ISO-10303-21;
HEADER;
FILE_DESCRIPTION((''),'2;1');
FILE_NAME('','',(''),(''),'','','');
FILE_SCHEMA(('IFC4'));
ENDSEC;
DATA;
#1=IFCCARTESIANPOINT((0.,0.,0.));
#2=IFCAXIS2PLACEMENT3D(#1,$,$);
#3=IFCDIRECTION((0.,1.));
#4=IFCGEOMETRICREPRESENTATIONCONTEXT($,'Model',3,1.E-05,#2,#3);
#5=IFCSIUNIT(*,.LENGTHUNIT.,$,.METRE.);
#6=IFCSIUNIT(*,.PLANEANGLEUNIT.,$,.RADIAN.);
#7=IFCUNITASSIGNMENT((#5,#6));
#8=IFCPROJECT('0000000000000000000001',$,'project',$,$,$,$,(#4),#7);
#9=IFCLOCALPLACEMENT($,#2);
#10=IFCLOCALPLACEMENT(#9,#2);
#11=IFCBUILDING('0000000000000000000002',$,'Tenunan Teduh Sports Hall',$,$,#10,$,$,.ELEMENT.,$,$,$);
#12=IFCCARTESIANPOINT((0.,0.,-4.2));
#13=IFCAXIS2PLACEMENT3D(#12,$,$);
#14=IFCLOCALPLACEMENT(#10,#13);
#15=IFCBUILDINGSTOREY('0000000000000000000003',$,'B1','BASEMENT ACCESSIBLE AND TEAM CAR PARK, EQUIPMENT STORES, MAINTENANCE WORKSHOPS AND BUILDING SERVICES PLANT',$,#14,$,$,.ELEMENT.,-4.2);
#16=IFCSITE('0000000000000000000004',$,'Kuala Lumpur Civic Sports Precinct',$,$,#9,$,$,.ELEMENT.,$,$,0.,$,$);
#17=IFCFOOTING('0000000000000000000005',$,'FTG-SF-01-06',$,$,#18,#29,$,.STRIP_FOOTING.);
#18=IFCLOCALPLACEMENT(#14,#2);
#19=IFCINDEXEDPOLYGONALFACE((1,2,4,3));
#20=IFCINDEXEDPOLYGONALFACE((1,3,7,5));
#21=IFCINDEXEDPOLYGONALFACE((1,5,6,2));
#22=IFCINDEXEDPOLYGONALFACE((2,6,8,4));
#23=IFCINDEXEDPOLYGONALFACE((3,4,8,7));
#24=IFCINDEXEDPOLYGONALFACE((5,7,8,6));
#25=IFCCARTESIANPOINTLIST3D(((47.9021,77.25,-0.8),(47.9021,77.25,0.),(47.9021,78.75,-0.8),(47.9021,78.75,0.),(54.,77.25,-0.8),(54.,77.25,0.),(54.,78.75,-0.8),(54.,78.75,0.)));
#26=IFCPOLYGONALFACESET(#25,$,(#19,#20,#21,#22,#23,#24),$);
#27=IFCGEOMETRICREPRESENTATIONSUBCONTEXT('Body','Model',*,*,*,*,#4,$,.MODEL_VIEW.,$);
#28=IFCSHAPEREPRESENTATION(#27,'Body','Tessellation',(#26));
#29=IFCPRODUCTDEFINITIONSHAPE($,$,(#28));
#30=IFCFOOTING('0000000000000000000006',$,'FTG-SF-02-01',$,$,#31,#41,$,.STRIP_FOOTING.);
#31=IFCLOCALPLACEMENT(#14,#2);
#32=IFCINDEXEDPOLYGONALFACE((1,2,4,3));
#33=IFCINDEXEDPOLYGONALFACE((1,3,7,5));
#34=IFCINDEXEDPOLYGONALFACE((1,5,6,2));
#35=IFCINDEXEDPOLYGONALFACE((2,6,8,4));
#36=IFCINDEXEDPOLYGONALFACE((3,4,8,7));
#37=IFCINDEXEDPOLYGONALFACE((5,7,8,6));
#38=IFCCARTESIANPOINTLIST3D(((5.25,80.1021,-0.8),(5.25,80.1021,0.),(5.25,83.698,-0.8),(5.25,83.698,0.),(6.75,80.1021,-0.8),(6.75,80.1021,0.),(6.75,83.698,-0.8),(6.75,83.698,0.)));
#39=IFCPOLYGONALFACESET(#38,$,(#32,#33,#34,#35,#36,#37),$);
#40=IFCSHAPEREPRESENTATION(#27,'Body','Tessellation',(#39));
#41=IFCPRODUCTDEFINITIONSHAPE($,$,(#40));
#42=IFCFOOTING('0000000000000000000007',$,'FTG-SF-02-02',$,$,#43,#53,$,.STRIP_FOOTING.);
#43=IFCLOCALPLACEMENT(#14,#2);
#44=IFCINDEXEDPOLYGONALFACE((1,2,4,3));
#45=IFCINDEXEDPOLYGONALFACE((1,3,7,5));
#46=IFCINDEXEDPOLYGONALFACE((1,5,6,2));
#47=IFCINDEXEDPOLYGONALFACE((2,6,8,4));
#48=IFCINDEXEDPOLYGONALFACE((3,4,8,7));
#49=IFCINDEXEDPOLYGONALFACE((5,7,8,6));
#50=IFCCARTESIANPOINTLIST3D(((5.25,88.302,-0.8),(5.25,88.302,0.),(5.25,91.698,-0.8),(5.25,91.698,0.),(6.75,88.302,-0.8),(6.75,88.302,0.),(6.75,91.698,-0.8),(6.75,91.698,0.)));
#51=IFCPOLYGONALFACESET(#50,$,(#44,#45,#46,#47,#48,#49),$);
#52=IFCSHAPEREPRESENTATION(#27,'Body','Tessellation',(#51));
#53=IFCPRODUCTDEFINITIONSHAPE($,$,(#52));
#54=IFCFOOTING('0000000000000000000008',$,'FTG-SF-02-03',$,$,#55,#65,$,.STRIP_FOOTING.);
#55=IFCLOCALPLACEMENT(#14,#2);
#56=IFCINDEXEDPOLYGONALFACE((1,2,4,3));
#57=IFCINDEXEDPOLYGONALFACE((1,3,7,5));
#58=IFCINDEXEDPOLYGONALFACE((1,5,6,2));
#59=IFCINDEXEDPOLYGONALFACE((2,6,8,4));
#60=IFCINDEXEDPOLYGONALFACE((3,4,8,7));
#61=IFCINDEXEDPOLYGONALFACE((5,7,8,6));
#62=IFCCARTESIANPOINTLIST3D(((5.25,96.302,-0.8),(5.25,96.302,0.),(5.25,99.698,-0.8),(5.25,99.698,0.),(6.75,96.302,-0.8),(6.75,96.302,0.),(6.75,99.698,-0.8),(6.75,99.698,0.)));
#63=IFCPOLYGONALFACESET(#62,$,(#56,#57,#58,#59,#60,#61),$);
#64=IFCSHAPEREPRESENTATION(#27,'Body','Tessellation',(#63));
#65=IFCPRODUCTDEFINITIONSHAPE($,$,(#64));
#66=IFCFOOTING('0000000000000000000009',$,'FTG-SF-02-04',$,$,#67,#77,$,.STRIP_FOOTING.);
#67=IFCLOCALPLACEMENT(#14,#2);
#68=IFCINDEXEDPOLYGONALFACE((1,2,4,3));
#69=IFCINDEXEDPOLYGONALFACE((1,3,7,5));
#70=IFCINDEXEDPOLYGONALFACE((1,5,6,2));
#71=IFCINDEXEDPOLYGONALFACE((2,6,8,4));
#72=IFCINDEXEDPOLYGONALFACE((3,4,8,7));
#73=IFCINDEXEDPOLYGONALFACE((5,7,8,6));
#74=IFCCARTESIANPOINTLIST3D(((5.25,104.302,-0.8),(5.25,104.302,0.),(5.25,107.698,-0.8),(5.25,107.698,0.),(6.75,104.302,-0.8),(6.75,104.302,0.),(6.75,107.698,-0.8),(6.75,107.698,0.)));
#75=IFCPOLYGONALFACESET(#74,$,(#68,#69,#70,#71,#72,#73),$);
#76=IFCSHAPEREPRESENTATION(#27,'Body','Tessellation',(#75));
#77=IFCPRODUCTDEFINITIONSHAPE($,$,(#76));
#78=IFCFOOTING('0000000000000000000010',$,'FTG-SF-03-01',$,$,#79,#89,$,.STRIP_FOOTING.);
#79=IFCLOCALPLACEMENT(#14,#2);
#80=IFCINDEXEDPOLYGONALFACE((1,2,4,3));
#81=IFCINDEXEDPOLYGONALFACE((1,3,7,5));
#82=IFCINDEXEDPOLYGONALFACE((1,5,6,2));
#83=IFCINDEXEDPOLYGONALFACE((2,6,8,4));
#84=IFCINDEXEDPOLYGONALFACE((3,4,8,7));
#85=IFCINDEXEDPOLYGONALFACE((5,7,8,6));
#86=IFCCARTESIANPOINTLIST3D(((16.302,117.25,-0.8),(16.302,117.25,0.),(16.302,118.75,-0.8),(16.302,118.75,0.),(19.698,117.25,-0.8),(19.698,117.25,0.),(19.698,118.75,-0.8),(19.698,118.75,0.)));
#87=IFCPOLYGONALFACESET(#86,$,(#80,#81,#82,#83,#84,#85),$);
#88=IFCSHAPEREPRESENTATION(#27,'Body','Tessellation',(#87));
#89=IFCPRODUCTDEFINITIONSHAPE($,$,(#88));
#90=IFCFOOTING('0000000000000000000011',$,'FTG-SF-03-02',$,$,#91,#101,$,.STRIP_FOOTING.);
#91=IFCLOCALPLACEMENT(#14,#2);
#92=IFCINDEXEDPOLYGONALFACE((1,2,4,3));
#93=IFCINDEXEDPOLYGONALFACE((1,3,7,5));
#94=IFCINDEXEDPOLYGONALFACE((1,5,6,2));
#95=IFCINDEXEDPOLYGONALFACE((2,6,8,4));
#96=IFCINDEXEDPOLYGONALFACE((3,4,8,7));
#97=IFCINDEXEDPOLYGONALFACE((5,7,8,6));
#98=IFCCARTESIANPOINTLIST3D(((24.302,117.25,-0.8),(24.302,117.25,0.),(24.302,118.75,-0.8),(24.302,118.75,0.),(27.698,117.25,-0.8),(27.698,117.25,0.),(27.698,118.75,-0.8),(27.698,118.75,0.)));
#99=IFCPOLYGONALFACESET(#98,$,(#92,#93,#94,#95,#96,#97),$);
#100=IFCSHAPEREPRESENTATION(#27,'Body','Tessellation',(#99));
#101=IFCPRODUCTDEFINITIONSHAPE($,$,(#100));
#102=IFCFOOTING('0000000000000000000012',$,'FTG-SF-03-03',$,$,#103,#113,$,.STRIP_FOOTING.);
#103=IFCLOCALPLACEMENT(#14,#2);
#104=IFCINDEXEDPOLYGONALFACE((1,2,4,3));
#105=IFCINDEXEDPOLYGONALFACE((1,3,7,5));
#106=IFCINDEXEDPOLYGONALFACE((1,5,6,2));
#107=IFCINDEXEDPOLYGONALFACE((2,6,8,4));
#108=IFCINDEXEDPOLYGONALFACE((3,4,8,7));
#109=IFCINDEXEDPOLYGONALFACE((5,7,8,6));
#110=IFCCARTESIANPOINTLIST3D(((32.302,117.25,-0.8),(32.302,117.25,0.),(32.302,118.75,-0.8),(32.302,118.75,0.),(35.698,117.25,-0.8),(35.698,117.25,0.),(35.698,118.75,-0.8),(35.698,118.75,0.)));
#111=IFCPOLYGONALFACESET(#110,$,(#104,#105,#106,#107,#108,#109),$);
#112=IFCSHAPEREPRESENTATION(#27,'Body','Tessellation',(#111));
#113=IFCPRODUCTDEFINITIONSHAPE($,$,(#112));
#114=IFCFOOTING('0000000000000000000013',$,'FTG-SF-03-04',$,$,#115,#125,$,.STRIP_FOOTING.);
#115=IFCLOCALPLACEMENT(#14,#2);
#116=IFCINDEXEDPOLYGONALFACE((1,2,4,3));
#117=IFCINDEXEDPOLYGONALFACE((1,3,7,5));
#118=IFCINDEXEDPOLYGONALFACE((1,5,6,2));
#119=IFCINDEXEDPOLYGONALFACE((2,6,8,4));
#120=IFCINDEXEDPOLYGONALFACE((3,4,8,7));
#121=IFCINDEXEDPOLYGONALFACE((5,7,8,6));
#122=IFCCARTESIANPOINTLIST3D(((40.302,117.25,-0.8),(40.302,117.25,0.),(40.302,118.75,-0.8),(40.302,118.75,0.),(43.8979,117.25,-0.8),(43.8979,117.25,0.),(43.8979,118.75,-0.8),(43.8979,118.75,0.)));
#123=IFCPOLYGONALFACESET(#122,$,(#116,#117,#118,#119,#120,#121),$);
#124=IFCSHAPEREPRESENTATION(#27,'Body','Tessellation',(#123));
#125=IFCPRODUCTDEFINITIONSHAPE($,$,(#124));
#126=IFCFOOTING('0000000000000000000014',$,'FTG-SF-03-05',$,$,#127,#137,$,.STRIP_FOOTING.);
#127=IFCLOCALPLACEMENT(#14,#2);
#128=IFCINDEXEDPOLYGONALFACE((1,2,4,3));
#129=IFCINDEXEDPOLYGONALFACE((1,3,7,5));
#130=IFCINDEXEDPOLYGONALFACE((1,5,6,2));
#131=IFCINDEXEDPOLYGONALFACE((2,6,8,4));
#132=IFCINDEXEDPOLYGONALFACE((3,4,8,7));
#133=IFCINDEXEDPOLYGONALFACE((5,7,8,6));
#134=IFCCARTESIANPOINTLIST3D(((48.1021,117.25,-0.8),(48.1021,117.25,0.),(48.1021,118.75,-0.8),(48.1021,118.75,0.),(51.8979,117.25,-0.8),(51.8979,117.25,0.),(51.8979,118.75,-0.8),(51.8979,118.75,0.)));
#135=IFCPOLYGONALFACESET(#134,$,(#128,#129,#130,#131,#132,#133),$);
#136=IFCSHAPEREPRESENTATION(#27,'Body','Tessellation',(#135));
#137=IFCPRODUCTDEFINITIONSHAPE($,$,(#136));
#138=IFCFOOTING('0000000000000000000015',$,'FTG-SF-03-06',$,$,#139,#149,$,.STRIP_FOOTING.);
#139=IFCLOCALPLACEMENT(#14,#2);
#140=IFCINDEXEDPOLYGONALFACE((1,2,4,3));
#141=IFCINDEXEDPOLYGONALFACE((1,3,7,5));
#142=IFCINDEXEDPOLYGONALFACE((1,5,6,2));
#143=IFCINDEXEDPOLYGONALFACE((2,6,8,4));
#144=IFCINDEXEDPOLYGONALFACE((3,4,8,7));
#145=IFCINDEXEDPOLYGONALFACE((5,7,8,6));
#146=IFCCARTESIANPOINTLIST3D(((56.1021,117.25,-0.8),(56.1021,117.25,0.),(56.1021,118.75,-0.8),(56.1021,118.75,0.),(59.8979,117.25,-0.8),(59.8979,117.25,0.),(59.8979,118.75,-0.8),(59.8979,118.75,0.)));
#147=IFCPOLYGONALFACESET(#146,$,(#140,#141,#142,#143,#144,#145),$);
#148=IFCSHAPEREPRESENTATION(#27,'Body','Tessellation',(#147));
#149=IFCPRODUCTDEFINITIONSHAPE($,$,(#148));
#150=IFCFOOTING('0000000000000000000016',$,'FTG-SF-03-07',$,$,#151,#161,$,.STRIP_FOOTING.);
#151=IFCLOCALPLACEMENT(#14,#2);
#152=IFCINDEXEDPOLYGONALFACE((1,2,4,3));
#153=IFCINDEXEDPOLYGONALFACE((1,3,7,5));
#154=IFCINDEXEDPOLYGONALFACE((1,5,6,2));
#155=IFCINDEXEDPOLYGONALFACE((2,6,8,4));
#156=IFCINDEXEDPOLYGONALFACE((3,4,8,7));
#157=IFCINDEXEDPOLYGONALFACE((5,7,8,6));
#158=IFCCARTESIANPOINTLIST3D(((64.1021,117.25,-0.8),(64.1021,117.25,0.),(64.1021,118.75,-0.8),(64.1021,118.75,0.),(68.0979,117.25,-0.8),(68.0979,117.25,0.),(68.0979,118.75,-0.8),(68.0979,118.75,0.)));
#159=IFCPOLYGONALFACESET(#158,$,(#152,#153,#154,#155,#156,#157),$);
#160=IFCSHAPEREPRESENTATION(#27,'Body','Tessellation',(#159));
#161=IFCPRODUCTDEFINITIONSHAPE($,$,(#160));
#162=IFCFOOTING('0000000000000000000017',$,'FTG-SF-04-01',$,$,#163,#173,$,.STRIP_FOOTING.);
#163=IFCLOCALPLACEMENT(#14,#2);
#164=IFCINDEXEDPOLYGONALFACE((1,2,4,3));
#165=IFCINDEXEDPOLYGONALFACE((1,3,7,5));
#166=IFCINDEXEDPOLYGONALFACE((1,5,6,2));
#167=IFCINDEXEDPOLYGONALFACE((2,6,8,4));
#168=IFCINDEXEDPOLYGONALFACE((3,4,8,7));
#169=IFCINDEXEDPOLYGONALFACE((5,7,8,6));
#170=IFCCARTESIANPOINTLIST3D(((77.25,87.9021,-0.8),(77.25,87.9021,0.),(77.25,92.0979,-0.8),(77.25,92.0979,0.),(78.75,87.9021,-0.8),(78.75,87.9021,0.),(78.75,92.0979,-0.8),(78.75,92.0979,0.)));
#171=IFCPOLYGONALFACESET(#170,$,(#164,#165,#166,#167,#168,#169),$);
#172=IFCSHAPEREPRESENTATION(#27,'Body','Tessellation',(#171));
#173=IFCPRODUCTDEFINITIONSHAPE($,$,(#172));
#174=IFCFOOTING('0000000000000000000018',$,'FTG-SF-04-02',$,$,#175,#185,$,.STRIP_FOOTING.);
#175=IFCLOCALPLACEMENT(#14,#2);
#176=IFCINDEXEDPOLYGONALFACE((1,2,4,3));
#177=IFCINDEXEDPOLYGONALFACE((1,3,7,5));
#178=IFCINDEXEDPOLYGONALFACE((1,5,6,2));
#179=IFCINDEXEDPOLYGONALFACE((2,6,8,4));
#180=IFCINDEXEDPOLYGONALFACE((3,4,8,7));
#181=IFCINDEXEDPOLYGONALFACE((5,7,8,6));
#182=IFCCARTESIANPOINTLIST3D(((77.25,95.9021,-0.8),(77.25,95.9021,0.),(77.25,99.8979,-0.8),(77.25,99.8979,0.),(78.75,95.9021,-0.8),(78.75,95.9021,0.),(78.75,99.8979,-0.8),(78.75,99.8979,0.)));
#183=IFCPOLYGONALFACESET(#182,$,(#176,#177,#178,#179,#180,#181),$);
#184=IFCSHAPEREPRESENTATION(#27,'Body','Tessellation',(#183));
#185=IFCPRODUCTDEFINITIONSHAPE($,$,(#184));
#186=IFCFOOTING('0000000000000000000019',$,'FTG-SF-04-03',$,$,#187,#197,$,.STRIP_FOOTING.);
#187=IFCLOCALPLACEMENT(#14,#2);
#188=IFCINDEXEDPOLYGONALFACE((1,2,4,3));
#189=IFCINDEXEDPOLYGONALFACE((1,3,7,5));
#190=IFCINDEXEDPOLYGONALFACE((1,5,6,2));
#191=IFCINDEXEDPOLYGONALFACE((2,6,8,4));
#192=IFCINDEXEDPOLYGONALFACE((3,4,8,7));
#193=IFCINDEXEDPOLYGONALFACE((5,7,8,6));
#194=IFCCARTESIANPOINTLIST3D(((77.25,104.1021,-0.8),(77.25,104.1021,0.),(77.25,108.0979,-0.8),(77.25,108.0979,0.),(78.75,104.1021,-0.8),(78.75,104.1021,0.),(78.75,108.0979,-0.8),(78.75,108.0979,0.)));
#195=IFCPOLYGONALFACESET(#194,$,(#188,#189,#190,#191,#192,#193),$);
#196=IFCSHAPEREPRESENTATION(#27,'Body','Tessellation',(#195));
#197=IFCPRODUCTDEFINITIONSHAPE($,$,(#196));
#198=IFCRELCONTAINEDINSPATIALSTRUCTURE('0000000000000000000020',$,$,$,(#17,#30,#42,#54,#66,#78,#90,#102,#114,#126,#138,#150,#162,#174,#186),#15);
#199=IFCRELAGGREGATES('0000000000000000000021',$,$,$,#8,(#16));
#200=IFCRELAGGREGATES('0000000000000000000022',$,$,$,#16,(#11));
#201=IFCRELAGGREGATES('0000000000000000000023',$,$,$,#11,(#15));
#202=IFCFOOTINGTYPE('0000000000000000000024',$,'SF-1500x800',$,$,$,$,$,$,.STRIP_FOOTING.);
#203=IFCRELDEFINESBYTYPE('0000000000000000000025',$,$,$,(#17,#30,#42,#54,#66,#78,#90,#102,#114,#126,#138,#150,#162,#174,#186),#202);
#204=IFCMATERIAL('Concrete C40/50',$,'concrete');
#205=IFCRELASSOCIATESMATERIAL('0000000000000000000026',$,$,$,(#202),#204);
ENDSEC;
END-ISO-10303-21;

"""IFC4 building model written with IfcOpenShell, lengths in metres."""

from ifc_helpers import new_model, si_unit, direction, frame, origin, place, context, subcontext, project, spatial, polyline, outline, extrude, material, type_object, element, save


model = new_model("IFC4")

# Units and contexts
model_context = context("Model", 3, precision=1e-05, world=origin(), true_north=direction((0.0, 1.0)))
body_context = subcontext(model_context, "Body", "Model", "MODEL_VIEW")
ifc_project = project(units=[si_unit("LENGTHUNIT", "METRE"), si_unit("PLANEANGLEUNIT", "RADIAN")], contexts=[model_context])

# Site, building, storey
site_placement = place(None, origin())
site = spatial("IfcSite", under=ifc_project, at=site_placement, Name="Kuala Lumpur Civic Sports Precinct", CompositionType="ELEMENT", RefElevation=0.0)
building_placement = place(site_placement, origin())
building = spatial("IfcBuilding", under=site, at=building_placement, Name="Tenunan Teduh Sports Hall", CompositionType="ELEMENT")
storey_placement = place(building_placement, frame((0.0, 0.0, -4.2)))
storey = spatial("IfcBuildingStorey", under=building, at=storey_placement, Name="B1", Description="BASEMENT ACCESSIBLE AND TEAM CAR PARK, EQUIPMENT STORES, MAINTENANCE WORKSHOPS AND BUILDING SERVICES PLANT", CompositionType="ELEMENT", Elevation=-4.2)

# Footings
ifc_material_1 = material(Name="Concrete C40/50", Category="concrete")
footing_type_1 = type_object("IfcFootingType", Name="SF-1500x800", PredefinedType="STRIP_FOOTING", material=ifc_material_1)
footing_1_placement = place(storey_placement, frame((0.0, 0.0, -0.8)))
element("IfcFooting", 1, at=footing_1_placement, inside=storey, type_object=footing_type_1, Name="FTG-SF-01-06", PredefinedType="STRIP_FOOTING", context=body_context, shape_type="SweptSolid", body=[
    extrude(outline(polyline([(47.9021, 77.25), (54.0, 77.25), (54.0, 78.75), (47.9021, 78.75), (47.9021, 77.25)])), origin(), (0.0, 0.0, 1.0), 0.8),
])
footing_2_placement = place(storey_placement, frame((0.0, 0.0, -0.8)))
element("IfcFooting", 2, at=footing_2_placement, inside=storey, type_object=footing_type_1, Name="FTG-SF-02-01", PredefinedType="STRIP_FOOTING", context=body_context, shape_type="SweptSolid", body=[
    extrude(outline(polyline([(6.75, 80.1021), (6.75, 83.698), (5.25, 83.698), (5.25, 80.1021), (6.75, 80.1021)])), origin(), (0.0, 0.0, 1.0), 0.8),
])
footing_3_placement = place(storey_placement, frame((0.0, 0.0, -0.8)))
element("IfcFooting", 3, at=footing_3_placement, inside=storey, type_object=footing_type_1, Name="FTG-SF-02-02", PredefinedType="STRIP_FOOTING", context=body_context, shape_type="SweptSolid", body=[
    extrude(outline(polyline([(6.75, 88.302), (6.75, 91.698), (5.25, 91.698), (5.25, 88.302), (6.75, 88.302)])), origin(), (0.0, 0.0, 1.0), 0.8),
])
footing_4_placement = place(storey_placement, frame((0.0, 0.0, -0.8)))
element("IfcFooting", 4, at=footing_4_placement, inside=storey, type_object=footing_type_1, Name="FTG-SF-02-03", PredefinedType="STRIP_FOOTING", context=body_context, shape_type="SweptSolid", body=[
    extrude(outline(polyline([(6.75, 96.302), (6.75, 99.698), (5.25, 99.698), (5.25, 96.302), (6.75, 96.302)])), origin(), (0.0, 0.0, 1.0), 0.8),
])
footing_5_placement = place(storey_placement, frame((0.0, 0.0, -0.8)))
element("IfcFooting", 5, at=footing_5_placement, inside=storey, type_object=footing_type_1, Name="FTG-SF-02-04", PredefinedType="STRIP_FOOTING", context=body_context, shape_type="SweptSolid", body=[
    extrude(outline(polyline([(6.75, 104.302), (6.75, 107.698), (5.25, 107.698), (5.25, 104.302), (6.75, 104.302)])), origin(), (0.0, 0.0, 1.0), 0.8),
])
footing_6_placement = place(storey_placement, frame((0.0, 0.0, -0.8)))
element("IfcFooting", 6, at=footing_6_placement, inside=storey, type_object=footing_type_1, Name="FTG-SF-03-01", PredefinedType="STRIP_FOOTING", context=body_context, shape_type="SweptSolid", body=[
    extrude(outline(polyline([(16.302, 117.25), (19.698, 117.25), (19.698, 118.75), (16.302, 118.75), (16.302, 117.25)])), origin(), (0.0, 0.0, 1.0), 0.8),
])
footing_7_placement = place(storey_placement, frame((0.0, 0.0, -0.8)))
element("IfcFooting", 7, at=footing_7_placement, inside=storey, type_object=footing_type_1, Name="FTG-SF-03-02", PredefinedType="STRIP_FOOTING", context=body_context, shape_type="SweptSolid", body=[
    extrude(outline(polyline([(24.302, 117.25), (27.698, 117.25), (27.698, 118.75), (24.302, 118.75), (24.302, 117.25)])), origin(), (0.0, 0.0, 1.0), 0.8),
])
footing_8_placement = place(storey_placement, frame((0.0, 0.0, -0.8)))
element("IfcFooting", 8, at=footing_8_placement, inside=storey, type_object=footing_type_1, Name="FTG-SF-03-03", PredefinedType="STRIP_FOOTING", context=body_context, shape_type="SweptSolid", body=[
    extrude(outline(polyline([(32.302, 117.25), (35.698, 117.25), (35.698, 118.75), (32.302, 118.75), (32.302, 117.25)])), origin(), (0.0, 0.0, 1.0), 0.8),
])
footing_9_placement = place(storey_placement, frame((0.0, 0.0, -0.8)))
element("IfcFooting", 9, at=footing_9_placement, inside=storey, type_object=footing_type_1, Name="FTG-SF-03-04", PredefinedType="STRIP_FOOTING", context=body_context, shape_type="SweptSolid", body=[
    extrude(outline(polyline([(40.302, 117.25), (43.8979, 117.25), (43.8979, 118.75), (40.302, 118.75), (40.302, 117.25)])), origin(), (0.0, 0.0, 1.0), 0.8),
])
footing_10_placement = place(storey_placement, frame((0.0, 0.0, -0.8)))
element("IfcFooting", 10, at=footing_10_placement, inside=storey, type_object=footing_type_1, Name="FTG-SF-03-05", PredefinedType="STRIP_FOOTING", context=body_context, shape_type="SweptSolid", body=[
    extrude(outline(polyline([(48.1021, 117.25), (51.8979, 117.25), (51.8979, 118.75), (48.1021, 118.75), (48.1021, 117.25)])), origin(), (0.0, 0.0, 1.0), 0.8),
])
footing_11_placement = place(storey_placement, frame((0.0, 0.0, -0.8)))
element("IfcFooting", 11, at=footing_11_placement, inside=storey, type_object=footing_type_1, Name="FTG-SF-03-06", PredefinedType="STRIP_FOOTING", context=body_context, shape_type="SweptSolid", body=[
    extrude(outline(polyline([(56.1021, 117.25), (59.8979, 117.25), (59.8979, 118.75), (56.1021, 118.75), (56.1021, 117.25)])), origin(), (0.0, 0.0, 1.0), 0.8),
])
footing_12_placement = place(storey_placement, frame((0.0, 0.0, -0.8)))
element("IfcFooting", 12, at=footing_12_placement, inside=storey, type_object=footing_type_1, Name="FTG-SF-03-07", PredefinedType="STRIP_FOOTING", context=body_context, shape_type="SweptSolid", body=[
    extrude(outline(polyline([(64.1021, 117.25), (68.0979, 117.25), (68.0979, 118.75), (64.1021, 118.75), (64.1021, 117.25)])), origin(), (0.0, 0.0, 1.0), 0.8),
])
footing_13_placement = place(storey_placement, frame((0.0, 0.0, -0.8)))
element("IfcFooting", 13, at=footing_13_placement, inside=storey, type_object=footing_type_1, Name="FTG-SF-04-01", PredefinedType="STRIP_FOOTING", context=body_context, shape_type="SweptSolid", body=[
    extrude(outline(polyline([(78.75, 87.9021), (78.75, 92.0979), (77.25, 92.0979), (77.25, 87.9021), (78.75, 87.9021)])), origin(), (0.0, 0.0, 1.0), 0.8),
])
footing_14_placement = place(storey_placement, frame((0.0, 0.0, -0.8)))
element("IfcFooting", 14, at=footing_14_placement, inside=storey, type_object=footing_type_1, Name="FTG-SF-04-02", PredefinedType="STRIP_FOOTING", context=body_context, shape_type="SweptSolid", body=[
    extrude(outline(polyline([(78.75, 95.9021), (78.75, 99.8979), (77.25, 99.8979), (77.25, 95.9021), (78.75, 95.9021)])), origin(), (0.0, 0.0, 1.0), 0.8),
])
footing_15_placement = place(storey_placement, frame((0.0, 0.0, -0.8)))
element("IfcFooting", 15, at=footing_15_placement, inside=storey, type_object=footing_type_1, Name="FTG-SF-04-03", PredefinedType="STRIP_FOOTING", context=body_context, shape_type="SweptSolid", body=[
    extrude(outline(polyline([(78.75, 104.1021), (78.75, 108.0979), (77.25, 108.0979), (77.25, 104.1021), (78.75, 104.1021)])), origin(), (0.0, 0.0, 1.0), 0.8),
])

save(model, "model.ifc")
